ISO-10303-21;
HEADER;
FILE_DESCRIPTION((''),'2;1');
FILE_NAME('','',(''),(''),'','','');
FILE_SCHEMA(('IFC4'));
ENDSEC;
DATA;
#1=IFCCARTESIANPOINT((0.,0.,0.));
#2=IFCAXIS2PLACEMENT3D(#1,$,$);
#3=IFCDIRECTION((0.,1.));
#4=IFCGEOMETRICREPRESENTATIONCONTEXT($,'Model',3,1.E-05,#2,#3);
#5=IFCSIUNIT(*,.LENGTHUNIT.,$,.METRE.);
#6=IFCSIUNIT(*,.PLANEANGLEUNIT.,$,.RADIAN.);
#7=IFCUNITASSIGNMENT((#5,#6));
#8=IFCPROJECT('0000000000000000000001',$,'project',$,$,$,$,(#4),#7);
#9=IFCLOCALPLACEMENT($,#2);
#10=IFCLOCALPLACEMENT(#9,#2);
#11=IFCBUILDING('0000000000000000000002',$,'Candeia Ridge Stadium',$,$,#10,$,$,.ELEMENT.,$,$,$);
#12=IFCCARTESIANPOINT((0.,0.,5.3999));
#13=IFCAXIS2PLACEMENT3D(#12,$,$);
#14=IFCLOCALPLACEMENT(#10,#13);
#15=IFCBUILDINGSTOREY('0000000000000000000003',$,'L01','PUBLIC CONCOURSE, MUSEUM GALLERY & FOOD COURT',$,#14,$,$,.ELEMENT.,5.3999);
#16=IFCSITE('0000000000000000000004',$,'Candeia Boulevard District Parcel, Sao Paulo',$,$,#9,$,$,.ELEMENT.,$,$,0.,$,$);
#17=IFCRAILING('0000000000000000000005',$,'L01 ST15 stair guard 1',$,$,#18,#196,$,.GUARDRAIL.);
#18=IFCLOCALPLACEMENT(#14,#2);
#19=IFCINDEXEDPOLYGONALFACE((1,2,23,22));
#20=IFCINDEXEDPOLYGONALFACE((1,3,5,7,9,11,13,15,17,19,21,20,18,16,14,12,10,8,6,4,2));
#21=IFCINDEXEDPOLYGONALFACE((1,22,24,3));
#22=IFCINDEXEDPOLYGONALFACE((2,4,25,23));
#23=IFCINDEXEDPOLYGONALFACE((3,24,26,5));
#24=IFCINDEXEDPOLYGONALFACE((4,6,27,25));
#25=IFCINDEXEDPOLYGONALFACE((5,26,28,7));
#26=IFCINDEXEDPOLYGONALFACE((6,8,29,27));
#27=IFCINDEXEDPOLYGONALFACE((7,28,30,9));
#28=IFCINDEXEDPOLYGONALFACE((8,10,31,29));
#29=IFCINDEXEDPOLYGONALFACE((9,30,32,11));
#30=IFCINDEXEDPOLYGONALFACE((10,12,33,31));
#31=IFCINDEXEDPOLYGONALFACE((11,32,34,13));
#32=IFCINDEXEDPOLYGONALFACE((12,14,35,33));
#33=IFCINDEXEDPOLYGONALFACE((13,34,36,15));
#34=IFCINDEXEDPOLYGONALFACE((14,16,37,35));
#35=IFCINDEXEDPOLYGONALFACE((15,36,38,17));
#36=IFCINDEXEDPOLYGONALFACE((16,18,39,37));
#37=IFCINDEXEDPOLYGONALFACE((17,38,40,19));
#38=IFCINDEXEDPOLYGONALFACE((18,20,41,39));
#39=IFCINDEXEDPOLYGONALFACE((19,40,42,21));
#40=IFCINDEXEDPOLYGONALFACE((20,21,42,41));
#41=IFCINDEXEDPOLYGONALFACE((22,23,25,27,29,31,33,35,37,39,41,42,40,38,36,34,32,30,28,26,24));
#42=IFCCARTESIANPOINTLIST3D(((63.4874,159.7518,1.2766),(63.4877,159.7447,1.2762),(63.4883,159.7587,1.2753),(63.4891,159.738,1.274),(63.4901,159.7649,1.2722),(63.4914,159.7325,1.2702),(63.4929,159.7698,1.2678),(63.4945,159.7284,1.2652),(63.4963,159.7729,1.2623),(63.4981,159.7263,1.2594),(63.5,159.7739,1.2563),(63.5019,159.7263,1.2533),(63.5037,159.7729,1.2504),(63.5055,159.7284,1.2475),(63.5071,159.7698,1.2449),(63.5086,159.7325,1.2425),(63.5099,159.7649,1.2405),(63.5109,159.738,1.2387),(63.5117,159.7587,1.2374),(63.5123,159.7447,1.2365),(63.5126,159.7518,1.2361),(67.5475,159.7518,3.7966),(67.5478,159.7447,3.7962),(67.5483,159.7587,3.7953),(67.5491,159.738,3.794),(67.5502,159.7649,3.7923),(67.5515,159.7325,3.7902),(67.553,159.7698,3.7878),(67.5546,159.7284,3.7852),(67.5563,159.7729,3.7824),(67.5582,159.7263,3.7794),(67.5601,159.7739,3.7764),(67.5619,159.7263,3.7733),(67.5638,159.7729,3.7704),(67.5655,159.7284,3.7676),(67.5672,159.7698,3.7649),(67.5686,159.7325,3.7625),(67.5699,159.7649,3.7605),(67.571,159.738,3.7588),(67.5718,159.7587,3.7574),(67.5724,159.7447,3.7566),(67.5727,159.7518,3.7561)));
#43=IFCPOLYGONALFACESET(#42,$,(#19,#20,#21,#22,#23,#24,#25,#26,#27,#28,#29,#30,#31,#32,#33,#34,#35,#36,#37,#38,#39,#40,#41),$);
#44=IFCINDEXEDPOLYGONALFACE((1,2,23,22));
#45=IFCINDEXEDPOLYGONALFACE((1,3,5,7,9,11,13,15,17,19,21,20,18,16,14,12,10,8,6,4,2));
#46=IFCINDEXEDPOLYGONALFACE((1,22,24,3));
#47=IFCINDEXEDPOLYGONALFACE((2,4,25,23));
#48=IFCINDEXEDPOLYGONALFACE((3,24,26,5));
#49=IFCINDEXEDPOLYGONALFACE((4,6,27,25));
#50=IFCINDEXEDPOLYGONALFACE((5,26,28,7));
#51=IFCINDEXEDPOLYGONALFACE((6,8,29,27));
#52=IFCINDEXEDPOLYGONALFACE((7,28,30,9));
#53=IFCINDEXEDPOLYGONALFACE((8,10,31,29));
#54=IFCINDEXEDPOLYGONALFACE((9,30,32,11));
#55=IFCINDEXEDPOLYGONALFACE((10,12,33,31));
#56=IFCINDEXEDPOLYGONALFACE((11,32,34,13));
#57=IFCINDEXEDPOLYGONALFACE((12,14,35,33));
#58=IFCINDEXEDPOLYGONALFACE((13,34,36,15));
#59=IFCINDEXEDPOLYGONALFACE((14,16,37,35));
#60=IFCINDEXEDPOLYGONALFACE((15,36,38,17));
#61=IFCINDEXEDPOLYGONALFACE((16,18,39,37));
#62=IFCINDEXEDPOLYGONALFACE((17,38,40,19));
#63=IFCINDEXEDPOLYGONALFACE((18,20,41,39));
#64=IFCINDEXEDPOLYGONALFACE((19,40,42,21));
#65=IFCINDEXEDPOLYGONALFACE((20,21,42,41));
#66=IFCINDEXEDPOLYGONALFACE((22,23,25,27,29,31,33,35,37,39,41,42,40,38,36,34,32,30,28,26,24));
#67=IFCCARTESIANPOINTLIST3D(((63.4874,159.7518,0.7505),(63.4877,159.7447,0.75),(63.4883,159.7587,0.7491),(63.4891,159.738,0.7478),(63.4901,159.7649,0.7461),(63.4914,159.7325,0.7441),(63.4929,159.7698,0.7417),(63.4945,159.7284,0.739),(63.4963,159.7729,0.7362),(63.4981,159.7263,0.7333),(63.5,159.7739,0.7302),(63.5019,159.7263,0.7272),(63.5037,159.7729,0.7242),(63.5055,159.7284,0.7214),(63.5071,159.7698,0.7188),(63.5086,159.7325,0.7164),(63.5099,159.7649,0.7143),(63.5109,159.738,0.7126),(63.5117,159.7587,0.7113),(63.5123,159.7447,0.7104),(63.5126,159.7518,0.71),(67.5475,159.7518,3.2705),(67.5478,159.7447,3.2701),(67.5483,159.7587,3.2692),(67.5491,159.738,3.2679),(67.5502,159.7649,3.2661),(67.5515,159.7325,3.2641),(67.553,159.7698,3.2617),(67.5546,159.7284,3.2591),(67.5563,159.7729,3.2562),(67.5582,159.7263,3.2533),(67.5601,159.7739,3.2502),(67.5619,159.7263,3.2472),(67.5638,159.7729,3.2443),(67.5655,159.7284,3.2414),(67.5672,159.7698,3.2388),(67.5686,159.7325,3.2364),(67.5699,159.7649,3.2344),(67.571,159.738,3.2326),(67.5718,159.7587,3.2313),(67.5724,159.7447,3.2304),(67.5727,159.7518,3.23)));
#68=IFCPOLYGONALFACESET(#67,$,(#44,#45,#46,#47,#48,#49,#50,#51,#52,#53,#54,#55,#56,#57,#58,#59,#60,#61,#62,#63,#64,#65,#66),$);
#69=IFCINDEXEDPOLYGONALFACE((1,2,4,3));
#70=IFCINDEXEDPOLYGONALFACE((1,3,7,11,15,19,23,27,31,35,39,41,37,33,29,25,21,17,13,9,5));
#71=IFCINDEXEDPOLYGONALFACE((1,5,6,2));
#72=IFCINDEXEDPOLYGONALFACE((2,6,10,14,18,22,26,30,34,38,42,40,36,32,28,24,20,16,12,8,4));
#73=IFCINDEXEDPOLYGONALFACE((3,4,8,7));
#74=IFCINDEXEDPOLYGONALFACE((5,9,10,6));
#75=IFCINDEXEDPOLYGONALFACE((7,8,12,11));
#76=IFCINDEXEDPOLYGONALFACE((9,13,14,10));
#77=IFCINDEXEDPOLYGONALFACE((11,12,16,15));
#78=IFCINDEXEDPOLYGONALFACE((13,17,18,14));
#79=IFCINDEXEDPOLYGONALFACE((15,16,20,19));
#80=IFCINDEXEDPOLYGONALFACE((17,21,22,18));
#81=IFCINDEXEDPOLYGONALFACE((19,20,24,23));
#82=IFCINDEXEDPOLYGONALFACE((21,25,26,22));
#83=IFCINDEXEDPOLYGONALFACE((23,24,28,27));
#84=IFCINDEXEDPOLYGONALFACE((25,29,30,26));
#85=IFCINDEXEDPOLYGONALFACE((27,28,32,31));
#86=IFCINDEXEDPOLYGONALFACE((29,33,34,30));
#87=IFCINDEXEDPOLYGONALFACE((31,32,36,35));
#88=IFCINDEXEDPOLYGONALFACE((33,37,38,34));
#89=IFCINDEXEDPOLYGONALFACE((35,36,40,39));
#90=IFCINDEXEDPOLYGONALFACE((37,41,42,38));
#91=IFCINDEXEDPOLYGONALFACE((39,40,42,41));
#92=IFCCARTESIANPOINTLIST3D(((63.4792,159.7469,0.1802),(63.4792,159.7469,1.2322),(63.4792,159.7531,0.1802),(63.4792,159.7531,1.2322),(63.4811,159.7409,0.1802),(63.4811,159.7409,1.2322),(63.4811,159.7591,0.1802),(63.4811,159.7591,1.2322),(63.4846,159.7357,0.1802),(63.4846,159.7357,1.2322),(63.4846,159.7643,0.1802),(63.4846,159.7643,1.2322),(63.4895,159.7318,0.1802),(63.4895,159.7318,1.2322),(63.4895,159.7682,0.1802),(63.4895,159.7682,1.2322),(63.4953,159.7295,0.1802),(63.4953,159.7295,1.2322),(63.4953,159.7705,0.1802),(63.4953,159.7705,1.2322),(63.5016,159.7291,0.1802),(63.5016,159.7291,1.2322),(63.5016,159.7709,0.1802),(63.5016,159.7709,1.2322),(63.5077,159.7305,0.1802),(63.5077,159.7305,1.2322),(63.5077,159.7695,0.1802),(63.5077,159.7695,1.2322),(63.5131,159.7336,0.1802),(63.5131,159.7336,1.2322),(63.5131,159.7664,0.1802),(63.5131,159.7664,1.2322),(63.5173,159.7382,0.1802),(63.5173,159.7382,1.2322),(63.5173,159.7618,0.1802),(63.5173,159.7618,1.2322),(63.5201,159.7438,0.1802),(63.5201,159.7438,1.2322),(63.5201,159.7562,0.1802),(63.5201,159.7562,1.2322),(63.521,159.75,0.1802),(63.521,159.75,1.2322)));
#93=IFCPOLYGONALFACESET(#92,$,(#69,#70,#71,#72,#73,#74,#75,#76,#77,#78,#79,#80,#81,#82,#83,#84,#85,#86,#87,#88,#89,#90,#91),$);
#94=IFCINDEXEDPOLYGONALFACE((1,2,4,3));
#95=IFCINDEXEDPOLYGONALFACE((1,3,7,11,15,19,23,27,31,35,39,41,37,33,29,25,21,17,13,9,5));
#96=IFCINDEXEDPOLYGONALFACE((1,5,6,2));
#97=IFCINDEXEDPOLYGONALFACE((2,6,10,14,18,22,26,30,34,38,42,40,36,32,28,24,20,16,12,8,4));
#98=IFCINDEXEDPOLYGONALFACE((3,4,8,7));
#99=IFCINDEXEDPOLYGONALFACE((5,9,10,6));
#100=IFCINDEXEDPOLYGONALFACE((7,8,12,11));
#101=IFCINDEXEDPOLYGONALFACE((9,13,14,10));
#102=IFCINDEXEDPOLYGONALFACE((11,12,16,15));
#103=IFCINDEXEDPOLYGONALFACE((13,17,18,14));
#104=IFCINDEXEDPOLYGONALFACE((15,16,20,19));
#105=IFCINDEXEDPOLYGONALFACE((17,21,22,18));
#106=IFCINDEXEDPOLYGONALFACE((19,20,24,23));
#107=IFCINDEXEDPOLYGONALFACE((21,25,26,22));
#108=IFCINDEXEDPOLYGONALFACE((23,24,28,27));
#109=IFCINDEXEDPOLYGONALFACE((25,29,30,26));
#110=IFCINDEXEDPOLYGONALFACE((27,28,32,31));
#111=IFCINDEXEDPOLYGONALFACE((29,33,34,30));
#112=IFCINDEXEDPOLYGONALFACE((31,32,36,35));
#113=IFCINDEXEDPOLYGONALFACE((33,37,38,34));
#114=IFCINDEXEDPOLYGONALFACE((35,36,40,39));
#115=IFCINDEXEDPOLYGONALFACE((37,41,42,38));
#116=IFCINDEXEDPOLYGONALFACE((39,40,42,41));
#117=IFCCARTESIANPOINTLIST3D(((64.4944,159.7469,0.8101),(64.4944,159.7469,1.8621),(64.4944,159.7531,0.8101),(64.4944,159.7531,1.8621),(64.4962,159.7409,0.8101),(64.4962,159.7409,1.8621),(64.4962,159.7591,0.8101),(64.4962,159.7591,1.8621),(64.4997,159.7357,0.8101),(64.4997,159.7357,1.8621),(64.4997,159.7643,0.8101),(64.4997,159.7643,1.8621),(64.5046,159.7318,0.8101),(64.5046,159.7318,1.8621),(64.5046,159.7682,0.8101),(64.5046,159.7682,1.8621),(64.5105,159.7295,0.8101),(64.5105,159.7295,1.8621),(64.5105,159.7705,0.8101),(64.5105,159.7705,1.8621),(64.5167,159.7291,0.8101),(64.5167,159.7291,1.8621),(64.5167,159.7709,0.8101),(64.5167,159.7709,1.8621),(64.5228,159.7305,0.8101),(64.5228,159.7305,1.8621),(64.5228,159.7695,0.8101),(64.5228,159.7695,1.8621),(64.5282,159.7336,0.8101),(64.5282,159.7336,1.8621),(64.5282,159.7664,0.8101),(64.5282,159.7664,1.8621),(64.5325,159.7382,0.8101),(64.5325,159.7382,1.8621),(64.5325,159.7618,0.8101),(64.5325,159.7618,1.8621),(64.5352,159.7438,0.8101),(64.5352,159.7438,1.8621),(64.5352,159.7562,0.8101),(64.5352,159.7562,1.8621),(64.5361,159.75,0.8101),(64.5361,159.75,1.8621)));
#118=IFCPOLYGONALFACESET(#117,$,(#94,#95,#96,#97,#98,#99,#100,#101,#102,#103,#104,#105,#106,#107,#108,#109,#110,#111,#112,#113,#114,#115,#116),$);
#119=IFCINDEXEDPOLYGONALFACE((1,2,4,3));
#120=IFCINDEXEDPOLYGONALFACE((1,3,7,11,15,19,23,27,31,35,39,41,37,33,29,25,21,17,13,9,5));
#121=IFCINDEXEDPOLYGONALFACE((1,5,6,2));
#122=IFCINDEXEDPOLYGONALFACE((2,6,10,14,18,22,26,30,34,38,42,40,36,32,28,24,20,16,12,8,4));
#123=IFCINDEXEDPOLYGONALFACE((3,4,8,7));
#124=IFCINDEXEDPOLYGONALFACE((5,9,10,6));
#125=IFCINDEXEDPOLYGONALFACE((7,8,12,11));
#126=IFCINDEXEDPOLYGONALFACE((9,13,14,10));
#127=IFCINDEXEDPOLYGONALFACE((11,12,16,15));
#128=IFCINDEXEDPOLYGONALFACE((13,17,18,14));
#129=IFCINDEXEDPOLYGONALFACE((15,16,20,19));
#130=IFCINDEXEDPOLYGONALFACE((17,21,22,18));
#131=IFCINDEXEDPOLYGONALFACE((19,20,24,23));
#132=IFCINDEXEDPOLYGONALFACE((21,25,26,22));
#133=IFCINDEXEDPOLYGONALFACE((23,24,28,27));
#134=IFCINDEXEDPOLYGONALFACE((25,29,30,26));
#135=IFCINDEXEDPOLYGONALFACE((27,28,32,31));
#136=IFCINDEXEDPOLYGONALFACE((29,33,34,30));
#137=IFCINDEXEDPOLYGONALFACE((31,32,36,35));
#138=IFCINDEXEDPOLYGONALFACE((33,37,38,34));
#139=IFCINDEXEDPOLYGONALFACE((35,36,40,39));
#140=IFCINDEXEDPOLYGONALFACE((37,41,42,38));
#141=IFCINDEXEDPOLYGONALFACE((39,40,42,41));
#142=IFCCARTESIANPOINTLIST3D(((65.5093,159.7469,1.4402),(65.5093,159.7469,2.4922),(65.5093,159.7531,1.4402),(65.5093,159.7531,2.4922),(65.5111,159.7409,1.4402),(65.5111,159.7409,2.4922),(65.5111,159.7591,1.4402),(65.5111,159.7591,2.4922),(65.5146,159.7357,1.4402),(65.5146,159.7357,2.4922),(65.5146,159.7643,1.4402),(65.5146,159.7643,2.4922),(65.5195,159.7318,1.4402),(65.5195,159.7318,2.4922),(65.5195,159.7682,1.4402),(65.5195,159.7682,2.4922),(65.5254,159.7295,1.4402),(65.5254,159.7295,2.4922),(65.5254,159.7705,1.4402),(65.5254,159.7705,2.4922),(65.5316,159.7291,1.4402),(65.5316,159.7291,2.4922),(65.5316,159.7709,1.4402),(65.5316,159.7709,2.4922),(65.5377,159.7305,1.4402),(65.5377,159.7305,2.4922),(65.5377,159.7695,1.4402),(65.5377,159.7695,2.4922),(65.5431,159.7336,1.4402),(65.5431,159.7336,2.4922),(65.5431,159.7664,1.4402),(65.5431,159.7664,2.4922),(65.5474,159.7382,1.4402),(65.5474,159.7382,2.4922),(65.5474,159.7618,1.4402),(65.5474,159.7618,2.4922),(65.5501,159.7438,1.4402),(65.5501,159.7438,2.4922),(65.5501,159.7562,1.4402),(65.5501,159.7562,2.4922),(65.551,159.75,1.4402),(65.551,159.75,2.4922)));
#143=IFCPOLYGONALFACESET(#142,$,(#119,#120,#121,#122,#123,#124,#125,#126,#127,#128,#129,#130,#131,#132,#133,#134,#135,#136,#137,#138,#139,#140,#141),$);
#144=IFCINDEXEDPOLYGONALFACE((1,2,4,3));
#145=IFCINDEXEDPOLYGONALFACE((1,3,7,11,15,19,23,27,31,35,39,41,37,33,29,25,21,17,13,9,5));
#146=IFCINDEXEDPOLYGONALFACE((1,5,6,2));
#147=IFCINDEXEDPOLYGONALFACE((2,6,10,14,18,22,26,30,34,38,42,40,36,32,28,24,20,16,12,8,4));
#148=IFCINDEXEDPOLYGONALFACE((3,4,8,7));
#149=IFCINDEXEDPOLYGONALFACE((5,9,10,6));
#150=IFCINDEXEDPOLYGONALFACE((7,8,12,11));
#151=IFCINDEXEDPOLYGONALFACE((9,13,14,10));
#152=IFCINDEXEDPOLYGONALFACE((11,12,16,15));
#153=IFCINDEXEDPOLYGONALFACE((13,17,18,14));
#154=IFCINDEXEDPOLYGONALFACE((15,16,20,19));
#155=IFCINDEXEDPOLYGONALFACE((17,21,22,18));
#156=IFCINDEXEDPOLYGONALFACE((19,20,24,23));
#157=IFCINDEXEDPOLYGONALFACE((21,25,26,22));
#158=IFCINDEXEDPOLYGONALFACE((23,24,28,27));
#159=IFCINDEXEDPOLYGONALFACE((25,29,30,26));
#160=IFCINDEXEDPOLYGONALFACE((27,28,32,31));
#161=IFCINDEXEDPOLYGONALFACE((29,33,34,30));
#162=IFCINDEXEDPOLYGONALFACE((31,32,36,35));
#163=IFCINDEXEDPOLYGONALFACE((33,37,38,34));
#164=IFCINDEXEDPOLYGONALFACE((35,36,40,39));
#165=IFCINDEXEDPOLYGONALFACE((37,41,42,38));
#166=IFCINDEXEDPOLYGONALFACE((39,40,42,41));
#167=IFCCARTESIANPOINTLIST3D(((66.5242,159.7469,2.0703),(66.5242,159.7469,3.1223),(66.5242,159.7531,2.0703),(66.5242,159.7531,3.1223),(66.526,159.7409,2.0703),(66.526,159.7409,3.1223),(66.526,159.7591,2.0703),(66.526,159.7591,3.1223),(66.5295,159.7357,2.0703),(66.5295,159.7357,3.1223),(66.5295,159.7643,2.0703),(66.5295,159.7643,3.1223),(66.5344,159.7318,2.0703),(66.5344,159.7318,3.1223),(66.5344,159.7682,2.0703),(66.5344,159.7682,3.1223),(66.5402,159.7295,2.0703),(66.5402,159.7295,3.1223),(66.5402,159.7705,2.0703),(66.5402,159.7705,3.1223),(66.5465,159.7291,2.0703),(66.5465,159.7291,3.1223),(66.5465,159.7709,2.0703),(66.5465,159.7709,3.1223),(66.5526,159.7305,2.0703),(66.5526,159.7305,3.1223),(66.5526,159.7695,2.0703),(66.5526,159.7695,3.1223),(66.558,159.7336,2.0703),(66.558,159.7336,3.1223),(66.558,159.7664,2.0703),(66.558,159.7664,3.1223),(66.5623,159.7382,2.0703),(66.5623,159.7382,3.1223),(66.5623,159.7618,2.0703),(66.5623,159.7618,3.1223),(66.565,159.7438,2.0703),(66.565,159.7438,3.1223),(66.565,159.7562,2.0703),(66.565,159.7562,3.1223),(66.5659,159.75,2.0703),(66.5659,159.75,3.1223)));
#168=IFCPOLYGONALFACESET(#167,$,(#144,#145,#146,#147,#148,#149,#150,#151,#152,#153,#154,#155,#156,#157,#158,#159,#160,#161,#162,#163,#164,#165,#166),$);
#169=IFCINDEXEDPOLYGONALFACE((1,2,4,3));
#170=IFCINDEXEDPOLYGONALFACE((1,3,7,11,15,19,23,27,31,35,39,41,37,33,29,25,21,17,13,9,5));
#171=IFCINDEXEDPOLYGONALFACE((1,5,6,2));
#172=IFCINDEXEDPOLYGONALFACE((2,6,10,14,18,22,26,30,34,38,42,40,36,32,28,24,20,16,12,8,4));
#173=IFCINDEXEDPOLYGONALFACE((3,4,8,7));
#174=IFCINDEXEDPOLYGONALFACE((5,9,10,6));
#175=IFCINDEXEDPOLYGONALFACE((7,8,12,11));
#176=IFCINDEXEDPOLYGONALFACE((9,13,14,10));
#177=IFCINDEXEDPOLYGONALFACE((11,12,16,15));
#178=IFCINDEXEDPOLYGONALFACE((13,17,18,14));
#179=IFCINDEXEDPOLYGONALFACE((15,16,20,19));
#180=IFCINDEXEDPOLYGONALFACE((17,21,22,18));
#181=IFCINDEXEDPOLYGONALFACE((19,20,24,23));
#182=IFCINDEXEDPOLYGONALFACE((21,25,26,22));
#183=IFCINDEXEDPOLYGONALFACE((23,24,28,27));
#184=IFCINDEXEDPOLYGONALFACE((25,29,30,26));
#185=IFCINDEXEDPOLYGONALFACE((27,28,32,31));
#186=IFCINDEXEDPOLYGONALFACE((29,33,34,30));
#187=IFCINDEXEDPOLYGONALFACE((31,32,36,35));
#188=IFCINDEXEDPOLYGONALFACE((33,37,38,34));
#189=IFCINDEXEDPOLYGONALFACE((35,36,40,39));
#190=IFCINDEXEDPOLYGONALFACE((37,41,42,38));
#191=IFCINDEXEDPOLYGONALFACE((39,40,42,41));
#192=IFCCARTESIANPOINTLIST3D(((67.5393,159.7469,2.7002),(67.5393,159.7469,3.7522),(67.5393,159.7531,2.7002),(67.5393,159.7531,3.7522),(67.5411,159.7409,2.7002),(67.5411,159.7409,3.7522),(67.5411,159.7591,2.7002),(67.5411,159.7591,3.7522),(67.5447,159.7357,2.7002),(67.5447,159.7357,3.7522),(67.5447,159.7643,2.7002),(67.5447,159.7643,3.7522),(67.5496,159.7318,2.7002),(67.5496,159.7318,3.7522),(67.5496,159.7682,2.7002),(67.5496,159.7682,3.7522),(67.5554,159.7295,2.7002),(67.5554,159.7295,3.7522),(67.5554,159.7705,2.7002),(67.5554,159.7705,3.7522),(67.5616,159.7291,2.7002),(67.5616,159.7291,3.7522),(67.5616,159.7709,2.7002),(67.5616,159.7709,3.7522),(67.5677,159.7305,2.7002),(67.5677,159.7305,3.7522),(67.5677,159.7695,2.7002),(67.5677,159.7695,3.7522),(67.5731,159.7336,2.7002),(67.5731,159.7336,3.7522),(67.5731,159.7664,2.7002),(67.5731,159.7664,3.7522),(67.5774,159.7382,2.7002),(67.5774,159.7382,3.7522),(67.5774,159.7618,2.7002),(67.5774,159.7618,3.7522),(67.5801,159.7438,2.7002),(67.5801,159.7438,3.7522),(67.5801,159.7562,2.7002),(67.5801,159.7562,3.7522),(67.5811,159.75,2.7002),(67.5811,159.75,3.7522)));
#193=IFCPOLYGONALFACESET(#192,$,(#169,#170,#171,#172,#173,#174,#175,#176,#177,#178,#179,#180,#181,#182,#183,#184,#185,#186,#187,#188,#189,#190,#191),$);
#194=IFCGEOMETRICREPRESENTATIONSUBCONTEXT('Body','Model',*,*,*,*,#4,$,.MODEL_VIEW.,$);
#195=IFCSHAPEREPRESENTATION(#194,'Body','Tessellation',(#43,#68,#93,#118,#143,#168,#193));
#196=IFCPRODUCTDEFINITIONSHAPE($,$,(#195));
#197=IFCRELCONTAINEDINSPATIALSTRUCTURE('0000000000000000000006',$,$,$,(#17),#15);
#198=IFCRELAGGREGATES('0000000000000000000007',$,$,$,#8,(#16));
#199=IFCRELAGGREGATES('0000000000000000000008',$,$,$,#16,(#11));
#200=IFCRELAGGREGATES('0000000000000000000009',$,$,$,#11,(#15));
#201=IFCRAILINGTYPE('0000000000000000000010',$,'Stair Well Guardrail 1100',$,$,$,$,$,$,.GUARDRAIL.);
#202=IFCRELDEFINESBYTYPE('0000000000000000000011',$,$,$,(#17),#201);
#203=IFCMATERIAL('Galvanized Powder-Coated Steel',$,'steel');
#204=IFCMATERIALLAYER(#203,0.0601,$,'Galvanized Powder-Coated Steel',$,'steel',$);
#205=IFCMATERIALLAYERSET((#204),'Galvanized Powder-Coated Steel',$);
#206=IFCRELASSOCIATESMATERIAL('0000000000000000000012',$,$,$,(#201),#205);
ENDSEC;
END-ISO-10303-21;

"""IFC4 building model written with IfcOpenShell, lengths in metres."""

from ifc_helpers import new_model, si_unit, direction, frame, origin, origin_2d, place, context, subcontext, project, spatial, circle, extrude, material, layer, layer_set, type_object, element, save


model = new_model("IFC4")

# Units and contexts
model_context = context("Model", 3, precision=1e-05, world=origin(), true_north=direction((0.0, 1.0)))
body_context = subcontext(model_context, "Body", "Model", "MODEL_VIEW")
ifc_project = project(units=[si_unit("LENGTHUNIT", "METRE"), si_unit("PLANEANGLEUNIT", "RADIAN")], contexts=[model_context])

# Site, building, storey
site_placement = place(None, origin())
site = spatial("IfcSite", under=ifc_project, at=site_placement, Name="Candeia Boulevard District Parcel, Sao Paulo", CompositionType="ELEMENT", RefElevation=0.0)
building_placement = place(site_placement, origin())
building = spatial("IfcBuilding", under=site, at=building_placement, Name="Candeia Ridge Stadium", CompositionType="ELEMENT")
storey_placement = place(building_placement, frame((0.0, 0.0, 5.3999)))
storey = spatial("IfcBuildingStorey", under=building, at=storey_placement, Name="L01", Description="PUBLIC CONCOURSE, MUSEUM GALLERY & FOOD COURT", CompositionType="ELEMENT", Elevation=5.3999)

# Railing
ifc_material_1 = material(Name="Galvanized Powder-Coated Steel", Category="steel")
ifc_layer_1 = layer(ifc_material_1, 0.0601, Name="Galvanized Powder-Coated Steel", Category="steel")
ifc_layer_set_1 = layer_set([ifc_layer_1], Name="Galvanized Powder-Coated Steel")
railing_type_1 = type_object("IfcRailingType", Name="Stair Well Guardrail 1100", PredefinedType="GUARDRAIL", material=ifc_layer_set_1)
railing_1_placement = place(storey_placement, frame((63.5, 159.75, 0.1802)))
element("IfcRailing", 1, at=railing_1_placement, inside=storey, type_object=railing_type_1, Name="L01 ST15 stair guard 1", PredefinedType="GUARDRAIL", context=body_context, shape_type="SweptSolid", body=[
    extrude(circle(Radius=0.0239, at=origin_2d()), frame((0.0, 0.0, 1.0762), z_axis=(0.849642, 0.0, 0.52736), x_axis=(0.0, 1.0, 0.0)), (0.0, 0.0, 1.0), 4.7786),
    extrude(circle(Radius=0.0239, at=origin_2d()), frame((0.0, 0.0, 0.55), z_axis=(0.849642, 0.0, 0.52736), x_axis=(0.0, 1.0, 0.0)), (0.0, 0.0, 1.0), 4.7786),
    extrude(circle(Radius=0.021, at=origin_2d()), origin(), (0.0, 0.0, 1.0), 1.052),
    extrude(circle(Radius=0.021, at=origin_2d()), frame((1.0151, 0.0, 0.6299)), (0.0, 0.0, 1.0), 1.052),
    extrude(circle(Radius=0.021, at=origin_2d()), frame((2.03, 0.0, 1.26)), (0.0, 0.0, 1.0), 1.052),
    extrude(circle(Radius=0.021, at=origin_2d()), frame((3.0449, 0.0, 1.8901)), (0.0, 0.0, 1.0), 1.052),
    extrude(circle(Radius=0.021, at=origin_2d()), frame((4.0601, 0.0, 2.52)), (0.0, 0.0, 1.0), 1.052),
])

save(model, "model.ifc")
